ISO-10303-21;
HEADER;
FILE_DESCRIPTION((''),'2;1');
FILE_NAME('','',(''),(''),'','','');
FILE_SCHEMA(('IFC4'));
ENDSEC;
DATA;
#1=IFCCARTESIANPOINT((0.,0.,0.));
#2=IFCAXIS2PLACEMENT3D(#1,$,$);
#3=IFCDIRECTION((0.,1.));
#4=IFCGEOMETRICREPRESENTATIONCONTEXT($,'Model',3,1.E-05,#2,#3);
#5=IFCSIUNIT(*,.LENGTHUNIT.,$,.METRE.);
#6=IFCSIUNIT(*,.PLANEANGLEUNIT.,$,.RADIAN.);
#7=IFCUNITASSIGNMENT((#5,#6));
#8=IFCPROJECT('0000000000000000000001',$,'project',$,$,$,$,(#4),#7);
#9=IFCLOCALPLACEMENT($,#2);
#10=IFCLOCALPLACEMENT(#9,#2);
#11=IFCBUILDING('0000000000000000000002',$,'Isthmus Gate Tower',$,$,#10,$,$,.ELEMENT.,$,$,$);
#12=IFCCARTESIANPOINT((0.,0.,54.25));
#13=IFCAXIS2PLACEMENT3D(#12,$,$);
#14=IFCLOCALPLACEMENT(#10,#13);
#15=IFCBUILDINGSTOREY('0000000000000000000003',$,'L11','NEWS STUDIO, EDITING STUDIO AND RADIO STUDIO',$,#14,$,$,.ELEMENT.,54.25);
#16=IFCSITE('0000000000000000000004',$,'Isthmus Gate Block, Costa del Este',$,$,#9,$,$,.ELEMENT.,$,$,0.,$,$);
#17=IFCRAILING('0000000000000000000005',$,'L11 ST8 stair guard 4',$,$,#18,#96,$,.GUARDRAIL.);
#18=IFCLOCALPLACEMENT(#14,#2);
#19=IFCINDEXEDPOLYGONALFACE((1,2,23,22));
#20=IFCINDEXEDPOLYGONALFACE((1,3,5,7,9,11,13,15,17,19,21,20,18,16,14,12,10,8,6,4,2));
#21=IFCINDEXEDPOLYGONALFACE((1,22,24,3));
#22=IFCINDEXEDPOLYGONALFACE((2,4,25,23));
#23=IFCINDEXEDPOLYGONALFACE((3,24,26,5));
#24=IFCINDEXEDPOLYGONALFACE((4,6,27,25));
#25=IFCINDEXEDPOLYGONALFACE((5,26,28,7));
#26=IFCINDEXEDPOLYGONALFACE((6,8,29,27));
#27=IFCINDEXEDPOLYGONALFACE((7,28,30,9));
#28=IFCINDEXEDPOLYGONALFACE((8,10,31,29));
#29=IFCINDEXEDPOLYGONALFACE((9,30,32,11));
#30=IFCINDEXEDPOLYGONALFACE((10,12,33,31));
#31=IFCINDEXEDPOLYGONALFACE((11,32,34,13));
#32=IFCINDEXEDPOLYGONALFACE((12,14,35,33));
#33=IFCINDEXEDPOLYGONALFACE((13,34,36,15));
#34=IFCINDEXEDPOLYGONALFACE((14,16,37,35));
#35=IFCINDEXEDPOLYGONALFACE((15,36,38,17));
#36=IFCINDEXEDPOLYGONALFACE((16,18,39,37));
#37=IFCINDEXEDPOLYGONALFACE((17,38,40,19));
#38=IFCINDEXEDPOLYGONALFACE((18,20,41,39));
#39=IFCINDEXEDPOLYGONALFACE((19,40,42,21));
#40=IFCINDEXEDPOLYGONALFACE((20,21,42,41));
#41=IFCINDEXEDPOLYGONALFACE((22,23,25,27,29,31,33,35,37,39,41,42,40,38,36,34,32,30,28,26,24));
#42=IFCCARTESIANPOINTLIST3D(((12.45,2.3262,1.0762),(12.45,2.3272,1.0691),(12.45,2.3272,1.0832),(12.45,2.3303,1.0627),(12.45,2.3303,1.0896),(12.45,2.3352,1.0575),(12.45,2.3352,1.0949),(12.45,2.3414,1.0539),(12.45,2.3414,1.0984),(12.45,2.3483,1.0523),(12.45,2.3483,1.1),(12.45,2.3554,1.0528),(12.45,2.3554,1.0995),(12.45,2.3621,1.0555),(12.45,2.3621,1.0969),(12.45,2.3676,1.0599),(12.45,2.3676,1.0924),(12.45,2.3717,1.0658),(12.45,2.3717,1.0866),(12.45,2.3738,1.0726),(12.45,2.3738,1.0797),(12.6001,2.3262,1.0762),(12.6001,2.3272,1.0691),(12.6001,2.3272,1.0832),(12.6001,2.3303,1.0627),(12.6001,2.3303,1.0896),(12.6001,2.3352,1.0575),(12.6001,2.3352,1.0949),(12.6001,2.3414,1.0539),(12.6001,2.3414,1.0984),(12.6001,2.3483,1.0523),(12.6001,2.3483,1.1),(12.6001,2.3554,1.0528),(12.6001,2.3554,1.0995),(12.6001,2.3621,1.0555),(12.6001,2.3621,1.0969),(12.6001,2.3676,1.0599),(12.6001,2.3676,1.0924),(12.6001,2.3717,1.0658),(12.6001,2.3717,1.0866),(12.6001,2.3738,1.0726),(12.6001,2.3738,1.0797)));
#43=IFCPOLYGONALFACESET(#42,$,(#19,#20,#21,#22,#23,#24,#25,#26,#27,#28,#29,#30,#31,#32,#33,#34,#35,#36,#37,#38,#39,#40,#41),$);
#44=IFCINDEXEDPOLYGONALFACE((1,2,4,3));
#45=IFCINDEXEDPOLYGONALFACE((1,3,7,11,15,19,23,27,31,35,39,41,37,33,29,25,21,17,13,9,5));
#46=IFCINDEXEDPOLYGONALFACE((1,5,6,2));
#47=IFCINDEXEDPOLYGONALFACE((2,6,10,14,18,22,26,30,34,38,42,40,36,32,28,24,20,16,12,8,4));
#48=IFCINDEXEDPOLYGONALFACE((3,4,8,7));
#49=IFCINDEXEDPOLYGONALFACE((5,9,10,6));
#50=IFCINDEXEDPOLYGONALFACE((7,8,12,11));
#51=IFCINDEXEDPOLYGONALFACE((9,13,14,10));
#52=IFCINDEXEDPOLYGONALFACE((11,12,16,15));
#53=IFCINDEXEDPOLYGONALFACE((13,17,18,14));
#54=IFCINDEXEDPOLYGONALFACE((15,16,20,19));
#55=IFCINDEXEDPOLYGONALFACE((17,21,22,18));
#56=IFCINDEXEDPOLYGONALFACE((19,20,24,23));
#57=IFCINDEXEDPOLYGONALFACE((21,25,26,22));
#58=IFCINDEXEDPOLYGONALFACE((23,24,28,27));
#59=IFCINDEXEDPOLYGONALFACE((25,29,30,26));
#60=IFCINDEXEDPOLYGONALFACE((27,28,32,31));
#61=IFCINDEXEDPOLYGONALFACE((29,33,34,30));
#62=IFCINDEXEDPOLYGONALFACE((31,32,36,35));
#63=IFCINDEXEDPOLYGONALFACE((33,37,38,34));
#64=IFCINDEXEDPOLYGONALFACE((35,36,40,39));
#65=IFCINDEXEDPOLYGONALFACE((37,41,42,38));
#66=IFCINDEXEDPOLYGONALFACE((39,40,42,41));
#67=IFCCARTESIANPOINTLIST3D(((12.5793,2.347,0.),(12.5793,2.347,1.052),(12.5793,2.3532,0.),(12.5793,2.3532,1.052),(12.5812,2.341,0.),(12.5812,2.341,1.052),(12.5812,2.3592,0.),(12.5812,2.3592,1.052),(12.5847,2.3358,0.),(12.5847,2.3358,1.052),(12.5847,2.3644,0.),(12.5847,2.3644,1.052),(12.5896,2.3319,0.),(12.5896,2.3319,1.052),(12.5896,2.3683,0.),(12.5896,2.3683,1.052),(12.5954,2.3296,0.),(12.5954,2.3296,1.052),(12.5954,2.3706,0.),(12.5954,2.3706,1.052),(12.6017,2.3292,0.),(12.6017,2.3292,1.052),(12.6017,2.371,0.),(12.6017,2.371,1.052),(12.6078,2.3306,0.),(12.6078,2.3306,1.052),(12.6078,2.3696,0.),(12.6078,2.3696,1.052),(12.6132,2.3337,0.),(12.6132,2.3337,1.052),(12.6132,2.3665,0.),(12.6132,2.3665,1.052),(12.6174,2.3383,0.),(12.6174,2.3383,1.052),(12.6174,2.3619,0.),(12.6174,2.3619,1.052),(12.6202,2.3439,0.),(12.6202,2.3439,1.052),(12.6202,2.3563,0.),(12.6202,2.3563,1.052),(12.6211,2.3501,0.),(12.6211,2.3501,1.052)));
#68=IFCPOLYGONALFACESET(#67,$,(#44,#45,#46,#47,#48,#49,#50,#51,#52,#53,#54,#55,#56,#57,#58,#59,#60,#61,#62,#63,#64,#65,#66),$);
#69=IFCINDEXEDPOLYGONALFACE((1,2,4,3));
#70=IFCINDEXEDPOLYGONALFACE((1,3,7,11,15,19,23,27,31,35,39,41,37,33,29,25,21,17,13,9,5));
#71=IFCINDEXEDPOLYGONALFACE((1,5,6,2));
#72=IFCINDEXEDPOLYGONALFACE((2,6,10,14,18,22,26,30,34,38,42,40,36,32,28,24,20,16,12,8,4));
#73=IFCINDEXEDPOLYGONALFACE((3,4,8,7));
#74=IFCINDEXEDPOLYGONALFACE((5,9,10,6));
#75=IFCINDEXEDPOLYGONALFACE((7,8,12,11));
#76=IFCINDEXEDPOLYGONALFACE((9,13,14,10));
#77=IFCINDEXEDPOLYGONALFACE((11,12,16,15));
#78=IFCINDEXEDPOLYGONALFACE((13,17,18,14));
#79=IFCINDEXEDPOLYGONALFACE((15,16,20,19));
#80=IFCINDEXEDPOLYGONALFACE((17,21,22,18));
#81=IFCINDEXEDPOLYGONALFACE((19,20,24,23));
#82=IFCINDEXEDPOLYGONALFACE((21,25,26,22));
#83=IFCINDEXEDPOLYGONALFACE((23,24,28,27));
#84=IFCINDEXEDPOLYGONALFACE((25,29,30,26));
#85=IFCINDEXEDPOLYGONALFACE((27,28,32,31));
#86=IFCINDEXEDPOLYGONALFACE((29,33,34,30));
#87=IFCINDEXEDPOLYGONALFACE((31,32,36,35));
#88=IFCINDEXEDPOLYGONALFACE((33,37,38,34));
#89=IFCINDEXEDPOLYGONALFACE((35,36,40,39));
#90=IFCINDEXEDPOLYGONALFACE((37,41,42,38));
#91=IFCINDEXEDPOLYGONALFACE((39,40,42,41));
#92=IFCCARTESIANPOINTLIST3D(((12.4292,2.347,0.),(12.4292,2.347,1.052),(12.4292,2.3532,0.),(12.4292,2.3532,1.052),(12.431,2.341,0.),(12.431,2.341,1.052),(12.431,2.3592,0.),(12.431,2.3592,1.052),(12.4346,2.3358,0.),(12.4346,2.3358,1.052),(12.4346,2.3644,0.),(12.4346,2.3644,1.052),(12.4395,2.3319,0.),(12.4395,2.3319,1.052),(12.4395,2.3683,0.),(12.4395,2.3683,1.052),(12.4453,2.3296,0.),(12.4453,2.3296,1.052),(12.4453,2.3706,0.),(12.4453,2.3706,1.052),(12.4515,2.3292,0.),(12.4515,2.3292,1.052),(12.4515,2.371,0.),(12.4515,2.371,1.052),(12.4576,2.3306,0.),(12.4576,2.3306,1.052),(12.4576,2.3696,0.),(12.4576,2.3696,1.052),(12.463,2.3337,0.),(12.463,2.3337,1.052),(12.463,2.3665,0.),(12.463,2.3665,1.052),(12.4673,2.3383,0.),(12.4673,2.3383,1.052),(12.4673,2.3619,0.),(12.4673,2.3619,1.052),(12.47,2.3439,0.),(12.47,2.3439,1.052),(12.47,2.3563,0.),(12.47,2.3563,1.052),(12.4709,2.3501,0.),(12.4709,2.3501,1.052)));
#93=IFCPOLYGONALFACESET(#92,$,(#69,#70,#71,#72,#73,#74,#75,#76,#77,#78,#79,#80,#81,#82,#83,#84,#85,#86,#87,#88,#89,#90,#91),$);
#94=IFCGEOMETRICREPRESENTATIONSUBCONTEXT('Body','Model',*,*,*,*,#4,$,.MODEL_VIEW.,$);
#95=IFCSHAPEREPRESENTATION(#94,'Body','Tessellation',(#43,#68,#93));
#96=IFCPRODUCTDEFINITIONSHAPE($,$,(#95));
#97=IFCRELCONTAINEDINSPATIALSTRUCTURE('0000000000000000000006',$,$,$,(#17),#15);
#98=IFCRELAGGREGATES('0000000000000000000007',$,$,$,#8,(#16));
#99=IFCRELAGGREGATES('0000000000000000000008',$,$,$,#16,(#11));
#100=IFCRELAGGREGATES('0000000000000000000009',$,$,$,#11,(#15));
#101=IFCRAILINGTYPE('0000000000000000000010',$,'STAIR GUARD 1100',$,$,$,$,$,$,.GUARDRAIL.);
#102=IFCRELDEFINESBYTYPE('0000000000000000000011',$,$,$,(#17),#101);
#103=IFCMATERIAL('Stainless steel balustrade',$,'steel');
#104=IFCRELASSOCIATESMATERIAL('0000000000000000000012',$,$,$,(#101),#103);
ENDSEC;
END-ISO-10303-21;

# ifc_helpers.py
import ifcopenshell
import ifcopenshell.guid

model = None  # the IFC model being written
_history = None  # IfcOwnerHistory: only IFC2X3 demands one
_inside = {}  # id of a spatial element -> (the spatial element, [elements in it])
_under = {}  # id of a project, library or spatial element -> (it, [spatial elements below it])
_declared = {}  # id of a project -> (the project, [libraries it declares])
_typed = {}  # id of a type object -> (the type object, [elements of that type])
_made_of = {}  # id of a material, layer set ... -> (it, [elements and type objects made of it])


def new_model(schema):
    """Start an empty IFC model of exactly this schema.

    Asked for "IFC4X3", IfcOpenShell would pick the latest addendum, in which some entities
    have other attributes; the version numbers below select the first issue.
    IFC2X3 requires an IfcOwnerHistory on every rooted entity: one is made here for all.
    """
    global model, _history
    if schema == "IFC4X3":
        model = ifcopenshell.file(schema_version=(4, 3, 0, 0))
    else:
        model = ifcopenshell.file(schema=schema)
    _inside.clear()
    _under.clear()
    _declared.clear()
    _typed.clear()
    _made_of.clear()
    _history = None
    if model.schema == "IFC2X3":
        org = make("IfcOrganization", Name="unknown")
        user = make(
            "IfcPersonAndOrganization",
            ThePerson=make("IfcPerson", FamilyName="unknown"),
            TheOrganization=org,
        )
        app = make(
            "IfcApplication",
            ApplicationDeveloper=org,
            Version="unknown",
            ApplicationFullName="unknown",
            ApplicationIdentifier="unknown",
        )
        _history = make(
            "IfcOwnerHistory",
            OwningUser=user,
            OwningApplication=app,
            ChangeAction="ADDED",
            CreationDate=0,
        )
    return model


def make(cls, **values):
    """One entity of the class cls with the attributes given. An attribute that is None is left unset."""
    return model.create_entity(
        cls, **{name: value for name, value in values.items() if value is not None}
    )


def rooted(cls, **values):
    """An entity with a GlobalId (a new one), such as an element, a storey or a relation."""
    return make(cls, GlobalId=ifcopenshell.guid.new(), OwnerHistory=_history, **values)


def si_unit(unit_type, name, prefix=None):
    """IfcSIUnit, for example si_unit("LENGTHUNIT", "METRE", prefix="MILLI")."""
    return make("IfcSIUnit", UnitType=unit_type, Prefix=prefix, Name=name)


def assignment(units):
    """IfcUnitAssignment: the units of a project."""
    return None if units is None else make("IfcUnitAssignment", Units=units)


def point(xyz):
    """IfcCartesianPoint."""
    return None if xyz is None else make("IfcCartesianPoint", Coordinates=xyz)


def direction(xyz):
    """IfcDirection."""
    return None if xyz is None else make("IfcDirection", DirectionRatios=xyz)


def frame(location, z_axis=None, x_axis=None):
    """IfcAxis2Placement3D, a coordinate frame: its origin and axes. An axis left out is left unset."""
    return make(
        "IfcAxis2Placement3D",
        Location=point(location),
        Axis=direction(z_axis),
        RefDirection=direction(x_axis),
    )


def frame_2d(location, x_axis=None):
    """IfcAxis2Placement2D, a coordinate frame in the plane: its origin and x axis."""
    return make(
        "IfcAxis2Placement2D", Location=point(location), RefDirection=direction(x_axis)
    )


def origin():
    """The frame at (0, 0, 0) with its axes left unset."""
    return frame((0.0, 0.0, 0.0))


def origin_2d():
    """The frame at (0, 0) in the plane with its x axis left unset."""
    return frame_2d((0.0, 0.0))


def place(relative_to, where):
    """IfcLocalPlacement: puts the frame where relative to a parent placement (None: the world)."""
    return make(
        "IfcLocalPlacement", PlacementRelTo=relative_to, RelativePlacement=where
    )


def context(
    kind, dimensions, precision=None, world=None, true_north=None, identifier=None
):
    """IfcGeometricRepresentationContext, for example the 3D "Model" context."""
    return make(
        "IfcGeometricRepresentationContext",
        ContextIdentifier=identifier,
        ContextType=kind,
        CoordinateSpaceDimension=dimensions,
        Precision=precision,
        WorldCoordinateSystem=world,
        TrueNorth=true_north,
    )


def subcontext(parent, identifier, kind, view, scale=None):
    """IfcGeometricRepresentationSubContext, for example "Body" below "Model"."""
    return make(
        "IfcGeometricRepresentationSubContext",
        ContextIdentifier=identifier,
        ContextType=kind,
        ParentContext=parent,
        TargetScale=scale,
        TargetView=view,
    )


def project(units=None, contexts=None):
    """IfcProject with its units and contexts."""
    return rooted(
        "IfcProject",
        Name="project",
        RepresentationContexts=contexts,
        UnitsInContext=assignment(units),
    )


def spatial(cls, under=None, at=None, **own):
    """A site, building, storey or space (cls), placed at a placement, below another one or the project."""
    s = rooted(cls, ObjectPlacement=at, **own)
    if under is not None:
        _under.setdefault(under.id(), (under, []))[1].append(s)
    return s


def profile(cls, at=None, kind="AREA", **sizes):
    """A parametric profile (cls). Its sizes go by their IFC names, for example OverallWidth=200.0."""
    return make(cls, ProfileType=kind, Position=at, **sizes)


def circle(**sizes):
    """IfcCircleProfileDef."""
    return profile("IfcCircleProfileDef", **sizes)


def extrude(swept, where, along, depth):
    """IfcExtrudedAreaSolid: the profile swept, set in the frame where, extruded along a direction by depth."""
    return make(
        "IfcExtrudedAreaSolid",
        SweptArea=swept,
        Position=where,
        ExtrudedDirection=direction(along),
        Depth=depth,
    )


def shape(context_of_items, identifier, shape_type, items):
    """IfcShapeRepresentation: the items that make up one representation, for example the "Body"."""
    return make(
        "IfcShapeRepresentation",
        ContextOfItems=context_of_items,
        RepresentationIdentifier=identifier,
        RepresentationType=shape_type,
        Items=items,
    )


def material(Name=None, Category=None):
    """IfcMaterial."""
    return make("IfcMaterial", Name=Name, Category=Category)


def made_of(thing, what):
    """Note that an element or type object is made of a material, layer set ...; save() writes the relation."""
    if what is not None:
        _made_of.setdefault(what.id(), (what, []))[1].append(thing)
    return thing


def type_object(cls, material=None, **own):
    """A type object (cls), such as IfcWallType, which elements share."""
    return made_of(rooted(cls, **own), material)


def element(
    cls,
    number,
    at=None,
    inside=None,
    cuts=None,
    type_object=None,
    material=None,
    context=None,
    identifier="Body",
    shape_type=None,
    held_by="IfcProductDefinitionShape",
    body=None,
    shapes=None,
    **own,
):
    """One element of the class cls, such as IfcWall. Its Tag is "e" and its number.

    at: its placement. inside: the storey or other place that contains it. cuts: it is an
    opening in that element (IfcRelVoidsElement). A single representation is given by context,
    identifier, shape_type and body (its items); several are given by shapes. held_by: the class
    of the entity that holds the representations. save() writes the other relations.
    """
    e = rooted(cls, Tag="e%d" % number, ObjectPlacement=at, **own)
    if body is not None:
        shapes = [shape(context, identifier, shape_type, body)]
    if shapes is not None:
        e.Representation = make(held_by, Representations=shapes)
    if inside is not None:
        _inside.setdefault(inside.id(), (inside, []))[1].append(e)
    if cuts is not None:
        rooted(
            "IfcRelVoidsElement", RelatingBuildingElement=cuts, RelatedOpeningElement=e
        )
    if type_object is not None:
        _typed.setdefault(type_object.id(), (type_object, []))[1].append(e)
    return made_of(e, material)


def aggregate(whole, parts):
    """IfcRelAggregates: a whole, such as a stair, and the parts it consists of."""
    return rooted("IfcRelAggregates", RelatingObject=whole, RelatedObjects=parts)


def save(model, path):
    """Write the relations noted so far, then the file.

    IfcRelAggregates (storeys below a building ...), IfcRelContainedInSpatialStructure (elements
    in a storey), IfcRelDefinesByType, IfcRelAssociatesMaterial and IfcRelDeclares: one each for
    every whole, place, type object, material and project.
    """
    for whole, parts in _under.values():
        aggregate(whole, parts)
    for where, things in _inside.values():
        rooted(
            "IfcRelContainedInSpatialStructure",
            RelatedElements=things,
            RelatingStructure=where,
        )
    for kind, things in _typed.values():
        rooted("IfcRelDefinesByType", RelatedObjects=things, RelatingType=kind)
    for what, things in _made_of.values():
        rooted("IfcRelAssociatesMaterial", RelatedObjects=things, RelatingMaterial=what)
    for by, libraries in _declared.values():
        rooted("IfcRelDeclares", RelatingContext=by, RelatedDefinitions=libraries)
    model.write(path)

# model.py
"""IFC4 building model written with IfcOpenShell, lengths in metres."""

from ifc_helpers import new_model, si_unit, direction, frame, origin, origin_2d, place, context, subcontext, project, spatial, circle, extrude, material, type_object, element, save


model = new_model("IFC4")

# Units and contexts
model_context = context("Model", 3, precision=1e-05, world=origin(), true_north=direction((0.0, 1.0)))
body_context = subcontext(model_context, "Body", "Model", "MODEL_VIEW")
ifc_project = project(units=[si_unit("LENGTHUNIT", "METRE"), si_unit("PLANEANGLEUNIT", "RADIAN")], contexts=[model_context])

# Site, building, storey
site_placement = place(None, origin())
site = spatial("IfcSite", under=ifc_project, at=site_placement, Name="Isthmus Gate Block, Costa del Este", CompositionType="ELEMENT", RefElevation=0.0)
building_placement = place(site_placement, origin())
building = spatial("IfcBuilding", under=site, at=building_placement, Name="Isthmus Gate Tower", CompositionType="ELEMENT")
storey_placement = place(building_placement, frame((0.0, 0.0, 54.25)))
storey = spatial("IfcBuildingStorey", under=building, at=storey_placement, Name="L11", Description="NEWS STUDIO, EDITING STUDIO AND RADIO STUDIO", CompositionType="ELEMENT", Elevation=54.25)

# Railing
ifc_material_1 = material(Name="Stainless steel balustrade", Category="steel")
railing_type_1 = type_object("IfcRailingType", Name="STAIR GUARD 1100", PredefinedType="GUARDRAIL", material=ifc_material_1)
railing_1_placement = place(storey_placement, frame((12.6001, 2.3501, 0.0)))
element("IfcRailing", 1, at=railing_1_placement, inside=storey, type_object=railing_type_1, Name="L11 ST8 stair guard 4", PredefinedType="GUARDRAIL", context=body_context, shape_type="SweptSolid", body=[
    extrude(circle(Radius=0.0239, at=origin_2d()), frame((0.0, 0.0, 1.0762), z_axis=(-1.0, 0.0, 0.0), x_axis=(0.0, -1.0, 0.0)), (0.0, 0.0, 1.0), 0.1501),
    extrude(circle(Radius=0.021, at=origin_2d()), origin(), (0.0, 0.0, 1.0), 1.052),
    extrude(circle(Radius=0.021, at=origin_2d()), frame((-0.1501, 0.0, 0.0)), (0.0, 0.0, 1.0), 1.052),
])

save(model, "model.ifc")
